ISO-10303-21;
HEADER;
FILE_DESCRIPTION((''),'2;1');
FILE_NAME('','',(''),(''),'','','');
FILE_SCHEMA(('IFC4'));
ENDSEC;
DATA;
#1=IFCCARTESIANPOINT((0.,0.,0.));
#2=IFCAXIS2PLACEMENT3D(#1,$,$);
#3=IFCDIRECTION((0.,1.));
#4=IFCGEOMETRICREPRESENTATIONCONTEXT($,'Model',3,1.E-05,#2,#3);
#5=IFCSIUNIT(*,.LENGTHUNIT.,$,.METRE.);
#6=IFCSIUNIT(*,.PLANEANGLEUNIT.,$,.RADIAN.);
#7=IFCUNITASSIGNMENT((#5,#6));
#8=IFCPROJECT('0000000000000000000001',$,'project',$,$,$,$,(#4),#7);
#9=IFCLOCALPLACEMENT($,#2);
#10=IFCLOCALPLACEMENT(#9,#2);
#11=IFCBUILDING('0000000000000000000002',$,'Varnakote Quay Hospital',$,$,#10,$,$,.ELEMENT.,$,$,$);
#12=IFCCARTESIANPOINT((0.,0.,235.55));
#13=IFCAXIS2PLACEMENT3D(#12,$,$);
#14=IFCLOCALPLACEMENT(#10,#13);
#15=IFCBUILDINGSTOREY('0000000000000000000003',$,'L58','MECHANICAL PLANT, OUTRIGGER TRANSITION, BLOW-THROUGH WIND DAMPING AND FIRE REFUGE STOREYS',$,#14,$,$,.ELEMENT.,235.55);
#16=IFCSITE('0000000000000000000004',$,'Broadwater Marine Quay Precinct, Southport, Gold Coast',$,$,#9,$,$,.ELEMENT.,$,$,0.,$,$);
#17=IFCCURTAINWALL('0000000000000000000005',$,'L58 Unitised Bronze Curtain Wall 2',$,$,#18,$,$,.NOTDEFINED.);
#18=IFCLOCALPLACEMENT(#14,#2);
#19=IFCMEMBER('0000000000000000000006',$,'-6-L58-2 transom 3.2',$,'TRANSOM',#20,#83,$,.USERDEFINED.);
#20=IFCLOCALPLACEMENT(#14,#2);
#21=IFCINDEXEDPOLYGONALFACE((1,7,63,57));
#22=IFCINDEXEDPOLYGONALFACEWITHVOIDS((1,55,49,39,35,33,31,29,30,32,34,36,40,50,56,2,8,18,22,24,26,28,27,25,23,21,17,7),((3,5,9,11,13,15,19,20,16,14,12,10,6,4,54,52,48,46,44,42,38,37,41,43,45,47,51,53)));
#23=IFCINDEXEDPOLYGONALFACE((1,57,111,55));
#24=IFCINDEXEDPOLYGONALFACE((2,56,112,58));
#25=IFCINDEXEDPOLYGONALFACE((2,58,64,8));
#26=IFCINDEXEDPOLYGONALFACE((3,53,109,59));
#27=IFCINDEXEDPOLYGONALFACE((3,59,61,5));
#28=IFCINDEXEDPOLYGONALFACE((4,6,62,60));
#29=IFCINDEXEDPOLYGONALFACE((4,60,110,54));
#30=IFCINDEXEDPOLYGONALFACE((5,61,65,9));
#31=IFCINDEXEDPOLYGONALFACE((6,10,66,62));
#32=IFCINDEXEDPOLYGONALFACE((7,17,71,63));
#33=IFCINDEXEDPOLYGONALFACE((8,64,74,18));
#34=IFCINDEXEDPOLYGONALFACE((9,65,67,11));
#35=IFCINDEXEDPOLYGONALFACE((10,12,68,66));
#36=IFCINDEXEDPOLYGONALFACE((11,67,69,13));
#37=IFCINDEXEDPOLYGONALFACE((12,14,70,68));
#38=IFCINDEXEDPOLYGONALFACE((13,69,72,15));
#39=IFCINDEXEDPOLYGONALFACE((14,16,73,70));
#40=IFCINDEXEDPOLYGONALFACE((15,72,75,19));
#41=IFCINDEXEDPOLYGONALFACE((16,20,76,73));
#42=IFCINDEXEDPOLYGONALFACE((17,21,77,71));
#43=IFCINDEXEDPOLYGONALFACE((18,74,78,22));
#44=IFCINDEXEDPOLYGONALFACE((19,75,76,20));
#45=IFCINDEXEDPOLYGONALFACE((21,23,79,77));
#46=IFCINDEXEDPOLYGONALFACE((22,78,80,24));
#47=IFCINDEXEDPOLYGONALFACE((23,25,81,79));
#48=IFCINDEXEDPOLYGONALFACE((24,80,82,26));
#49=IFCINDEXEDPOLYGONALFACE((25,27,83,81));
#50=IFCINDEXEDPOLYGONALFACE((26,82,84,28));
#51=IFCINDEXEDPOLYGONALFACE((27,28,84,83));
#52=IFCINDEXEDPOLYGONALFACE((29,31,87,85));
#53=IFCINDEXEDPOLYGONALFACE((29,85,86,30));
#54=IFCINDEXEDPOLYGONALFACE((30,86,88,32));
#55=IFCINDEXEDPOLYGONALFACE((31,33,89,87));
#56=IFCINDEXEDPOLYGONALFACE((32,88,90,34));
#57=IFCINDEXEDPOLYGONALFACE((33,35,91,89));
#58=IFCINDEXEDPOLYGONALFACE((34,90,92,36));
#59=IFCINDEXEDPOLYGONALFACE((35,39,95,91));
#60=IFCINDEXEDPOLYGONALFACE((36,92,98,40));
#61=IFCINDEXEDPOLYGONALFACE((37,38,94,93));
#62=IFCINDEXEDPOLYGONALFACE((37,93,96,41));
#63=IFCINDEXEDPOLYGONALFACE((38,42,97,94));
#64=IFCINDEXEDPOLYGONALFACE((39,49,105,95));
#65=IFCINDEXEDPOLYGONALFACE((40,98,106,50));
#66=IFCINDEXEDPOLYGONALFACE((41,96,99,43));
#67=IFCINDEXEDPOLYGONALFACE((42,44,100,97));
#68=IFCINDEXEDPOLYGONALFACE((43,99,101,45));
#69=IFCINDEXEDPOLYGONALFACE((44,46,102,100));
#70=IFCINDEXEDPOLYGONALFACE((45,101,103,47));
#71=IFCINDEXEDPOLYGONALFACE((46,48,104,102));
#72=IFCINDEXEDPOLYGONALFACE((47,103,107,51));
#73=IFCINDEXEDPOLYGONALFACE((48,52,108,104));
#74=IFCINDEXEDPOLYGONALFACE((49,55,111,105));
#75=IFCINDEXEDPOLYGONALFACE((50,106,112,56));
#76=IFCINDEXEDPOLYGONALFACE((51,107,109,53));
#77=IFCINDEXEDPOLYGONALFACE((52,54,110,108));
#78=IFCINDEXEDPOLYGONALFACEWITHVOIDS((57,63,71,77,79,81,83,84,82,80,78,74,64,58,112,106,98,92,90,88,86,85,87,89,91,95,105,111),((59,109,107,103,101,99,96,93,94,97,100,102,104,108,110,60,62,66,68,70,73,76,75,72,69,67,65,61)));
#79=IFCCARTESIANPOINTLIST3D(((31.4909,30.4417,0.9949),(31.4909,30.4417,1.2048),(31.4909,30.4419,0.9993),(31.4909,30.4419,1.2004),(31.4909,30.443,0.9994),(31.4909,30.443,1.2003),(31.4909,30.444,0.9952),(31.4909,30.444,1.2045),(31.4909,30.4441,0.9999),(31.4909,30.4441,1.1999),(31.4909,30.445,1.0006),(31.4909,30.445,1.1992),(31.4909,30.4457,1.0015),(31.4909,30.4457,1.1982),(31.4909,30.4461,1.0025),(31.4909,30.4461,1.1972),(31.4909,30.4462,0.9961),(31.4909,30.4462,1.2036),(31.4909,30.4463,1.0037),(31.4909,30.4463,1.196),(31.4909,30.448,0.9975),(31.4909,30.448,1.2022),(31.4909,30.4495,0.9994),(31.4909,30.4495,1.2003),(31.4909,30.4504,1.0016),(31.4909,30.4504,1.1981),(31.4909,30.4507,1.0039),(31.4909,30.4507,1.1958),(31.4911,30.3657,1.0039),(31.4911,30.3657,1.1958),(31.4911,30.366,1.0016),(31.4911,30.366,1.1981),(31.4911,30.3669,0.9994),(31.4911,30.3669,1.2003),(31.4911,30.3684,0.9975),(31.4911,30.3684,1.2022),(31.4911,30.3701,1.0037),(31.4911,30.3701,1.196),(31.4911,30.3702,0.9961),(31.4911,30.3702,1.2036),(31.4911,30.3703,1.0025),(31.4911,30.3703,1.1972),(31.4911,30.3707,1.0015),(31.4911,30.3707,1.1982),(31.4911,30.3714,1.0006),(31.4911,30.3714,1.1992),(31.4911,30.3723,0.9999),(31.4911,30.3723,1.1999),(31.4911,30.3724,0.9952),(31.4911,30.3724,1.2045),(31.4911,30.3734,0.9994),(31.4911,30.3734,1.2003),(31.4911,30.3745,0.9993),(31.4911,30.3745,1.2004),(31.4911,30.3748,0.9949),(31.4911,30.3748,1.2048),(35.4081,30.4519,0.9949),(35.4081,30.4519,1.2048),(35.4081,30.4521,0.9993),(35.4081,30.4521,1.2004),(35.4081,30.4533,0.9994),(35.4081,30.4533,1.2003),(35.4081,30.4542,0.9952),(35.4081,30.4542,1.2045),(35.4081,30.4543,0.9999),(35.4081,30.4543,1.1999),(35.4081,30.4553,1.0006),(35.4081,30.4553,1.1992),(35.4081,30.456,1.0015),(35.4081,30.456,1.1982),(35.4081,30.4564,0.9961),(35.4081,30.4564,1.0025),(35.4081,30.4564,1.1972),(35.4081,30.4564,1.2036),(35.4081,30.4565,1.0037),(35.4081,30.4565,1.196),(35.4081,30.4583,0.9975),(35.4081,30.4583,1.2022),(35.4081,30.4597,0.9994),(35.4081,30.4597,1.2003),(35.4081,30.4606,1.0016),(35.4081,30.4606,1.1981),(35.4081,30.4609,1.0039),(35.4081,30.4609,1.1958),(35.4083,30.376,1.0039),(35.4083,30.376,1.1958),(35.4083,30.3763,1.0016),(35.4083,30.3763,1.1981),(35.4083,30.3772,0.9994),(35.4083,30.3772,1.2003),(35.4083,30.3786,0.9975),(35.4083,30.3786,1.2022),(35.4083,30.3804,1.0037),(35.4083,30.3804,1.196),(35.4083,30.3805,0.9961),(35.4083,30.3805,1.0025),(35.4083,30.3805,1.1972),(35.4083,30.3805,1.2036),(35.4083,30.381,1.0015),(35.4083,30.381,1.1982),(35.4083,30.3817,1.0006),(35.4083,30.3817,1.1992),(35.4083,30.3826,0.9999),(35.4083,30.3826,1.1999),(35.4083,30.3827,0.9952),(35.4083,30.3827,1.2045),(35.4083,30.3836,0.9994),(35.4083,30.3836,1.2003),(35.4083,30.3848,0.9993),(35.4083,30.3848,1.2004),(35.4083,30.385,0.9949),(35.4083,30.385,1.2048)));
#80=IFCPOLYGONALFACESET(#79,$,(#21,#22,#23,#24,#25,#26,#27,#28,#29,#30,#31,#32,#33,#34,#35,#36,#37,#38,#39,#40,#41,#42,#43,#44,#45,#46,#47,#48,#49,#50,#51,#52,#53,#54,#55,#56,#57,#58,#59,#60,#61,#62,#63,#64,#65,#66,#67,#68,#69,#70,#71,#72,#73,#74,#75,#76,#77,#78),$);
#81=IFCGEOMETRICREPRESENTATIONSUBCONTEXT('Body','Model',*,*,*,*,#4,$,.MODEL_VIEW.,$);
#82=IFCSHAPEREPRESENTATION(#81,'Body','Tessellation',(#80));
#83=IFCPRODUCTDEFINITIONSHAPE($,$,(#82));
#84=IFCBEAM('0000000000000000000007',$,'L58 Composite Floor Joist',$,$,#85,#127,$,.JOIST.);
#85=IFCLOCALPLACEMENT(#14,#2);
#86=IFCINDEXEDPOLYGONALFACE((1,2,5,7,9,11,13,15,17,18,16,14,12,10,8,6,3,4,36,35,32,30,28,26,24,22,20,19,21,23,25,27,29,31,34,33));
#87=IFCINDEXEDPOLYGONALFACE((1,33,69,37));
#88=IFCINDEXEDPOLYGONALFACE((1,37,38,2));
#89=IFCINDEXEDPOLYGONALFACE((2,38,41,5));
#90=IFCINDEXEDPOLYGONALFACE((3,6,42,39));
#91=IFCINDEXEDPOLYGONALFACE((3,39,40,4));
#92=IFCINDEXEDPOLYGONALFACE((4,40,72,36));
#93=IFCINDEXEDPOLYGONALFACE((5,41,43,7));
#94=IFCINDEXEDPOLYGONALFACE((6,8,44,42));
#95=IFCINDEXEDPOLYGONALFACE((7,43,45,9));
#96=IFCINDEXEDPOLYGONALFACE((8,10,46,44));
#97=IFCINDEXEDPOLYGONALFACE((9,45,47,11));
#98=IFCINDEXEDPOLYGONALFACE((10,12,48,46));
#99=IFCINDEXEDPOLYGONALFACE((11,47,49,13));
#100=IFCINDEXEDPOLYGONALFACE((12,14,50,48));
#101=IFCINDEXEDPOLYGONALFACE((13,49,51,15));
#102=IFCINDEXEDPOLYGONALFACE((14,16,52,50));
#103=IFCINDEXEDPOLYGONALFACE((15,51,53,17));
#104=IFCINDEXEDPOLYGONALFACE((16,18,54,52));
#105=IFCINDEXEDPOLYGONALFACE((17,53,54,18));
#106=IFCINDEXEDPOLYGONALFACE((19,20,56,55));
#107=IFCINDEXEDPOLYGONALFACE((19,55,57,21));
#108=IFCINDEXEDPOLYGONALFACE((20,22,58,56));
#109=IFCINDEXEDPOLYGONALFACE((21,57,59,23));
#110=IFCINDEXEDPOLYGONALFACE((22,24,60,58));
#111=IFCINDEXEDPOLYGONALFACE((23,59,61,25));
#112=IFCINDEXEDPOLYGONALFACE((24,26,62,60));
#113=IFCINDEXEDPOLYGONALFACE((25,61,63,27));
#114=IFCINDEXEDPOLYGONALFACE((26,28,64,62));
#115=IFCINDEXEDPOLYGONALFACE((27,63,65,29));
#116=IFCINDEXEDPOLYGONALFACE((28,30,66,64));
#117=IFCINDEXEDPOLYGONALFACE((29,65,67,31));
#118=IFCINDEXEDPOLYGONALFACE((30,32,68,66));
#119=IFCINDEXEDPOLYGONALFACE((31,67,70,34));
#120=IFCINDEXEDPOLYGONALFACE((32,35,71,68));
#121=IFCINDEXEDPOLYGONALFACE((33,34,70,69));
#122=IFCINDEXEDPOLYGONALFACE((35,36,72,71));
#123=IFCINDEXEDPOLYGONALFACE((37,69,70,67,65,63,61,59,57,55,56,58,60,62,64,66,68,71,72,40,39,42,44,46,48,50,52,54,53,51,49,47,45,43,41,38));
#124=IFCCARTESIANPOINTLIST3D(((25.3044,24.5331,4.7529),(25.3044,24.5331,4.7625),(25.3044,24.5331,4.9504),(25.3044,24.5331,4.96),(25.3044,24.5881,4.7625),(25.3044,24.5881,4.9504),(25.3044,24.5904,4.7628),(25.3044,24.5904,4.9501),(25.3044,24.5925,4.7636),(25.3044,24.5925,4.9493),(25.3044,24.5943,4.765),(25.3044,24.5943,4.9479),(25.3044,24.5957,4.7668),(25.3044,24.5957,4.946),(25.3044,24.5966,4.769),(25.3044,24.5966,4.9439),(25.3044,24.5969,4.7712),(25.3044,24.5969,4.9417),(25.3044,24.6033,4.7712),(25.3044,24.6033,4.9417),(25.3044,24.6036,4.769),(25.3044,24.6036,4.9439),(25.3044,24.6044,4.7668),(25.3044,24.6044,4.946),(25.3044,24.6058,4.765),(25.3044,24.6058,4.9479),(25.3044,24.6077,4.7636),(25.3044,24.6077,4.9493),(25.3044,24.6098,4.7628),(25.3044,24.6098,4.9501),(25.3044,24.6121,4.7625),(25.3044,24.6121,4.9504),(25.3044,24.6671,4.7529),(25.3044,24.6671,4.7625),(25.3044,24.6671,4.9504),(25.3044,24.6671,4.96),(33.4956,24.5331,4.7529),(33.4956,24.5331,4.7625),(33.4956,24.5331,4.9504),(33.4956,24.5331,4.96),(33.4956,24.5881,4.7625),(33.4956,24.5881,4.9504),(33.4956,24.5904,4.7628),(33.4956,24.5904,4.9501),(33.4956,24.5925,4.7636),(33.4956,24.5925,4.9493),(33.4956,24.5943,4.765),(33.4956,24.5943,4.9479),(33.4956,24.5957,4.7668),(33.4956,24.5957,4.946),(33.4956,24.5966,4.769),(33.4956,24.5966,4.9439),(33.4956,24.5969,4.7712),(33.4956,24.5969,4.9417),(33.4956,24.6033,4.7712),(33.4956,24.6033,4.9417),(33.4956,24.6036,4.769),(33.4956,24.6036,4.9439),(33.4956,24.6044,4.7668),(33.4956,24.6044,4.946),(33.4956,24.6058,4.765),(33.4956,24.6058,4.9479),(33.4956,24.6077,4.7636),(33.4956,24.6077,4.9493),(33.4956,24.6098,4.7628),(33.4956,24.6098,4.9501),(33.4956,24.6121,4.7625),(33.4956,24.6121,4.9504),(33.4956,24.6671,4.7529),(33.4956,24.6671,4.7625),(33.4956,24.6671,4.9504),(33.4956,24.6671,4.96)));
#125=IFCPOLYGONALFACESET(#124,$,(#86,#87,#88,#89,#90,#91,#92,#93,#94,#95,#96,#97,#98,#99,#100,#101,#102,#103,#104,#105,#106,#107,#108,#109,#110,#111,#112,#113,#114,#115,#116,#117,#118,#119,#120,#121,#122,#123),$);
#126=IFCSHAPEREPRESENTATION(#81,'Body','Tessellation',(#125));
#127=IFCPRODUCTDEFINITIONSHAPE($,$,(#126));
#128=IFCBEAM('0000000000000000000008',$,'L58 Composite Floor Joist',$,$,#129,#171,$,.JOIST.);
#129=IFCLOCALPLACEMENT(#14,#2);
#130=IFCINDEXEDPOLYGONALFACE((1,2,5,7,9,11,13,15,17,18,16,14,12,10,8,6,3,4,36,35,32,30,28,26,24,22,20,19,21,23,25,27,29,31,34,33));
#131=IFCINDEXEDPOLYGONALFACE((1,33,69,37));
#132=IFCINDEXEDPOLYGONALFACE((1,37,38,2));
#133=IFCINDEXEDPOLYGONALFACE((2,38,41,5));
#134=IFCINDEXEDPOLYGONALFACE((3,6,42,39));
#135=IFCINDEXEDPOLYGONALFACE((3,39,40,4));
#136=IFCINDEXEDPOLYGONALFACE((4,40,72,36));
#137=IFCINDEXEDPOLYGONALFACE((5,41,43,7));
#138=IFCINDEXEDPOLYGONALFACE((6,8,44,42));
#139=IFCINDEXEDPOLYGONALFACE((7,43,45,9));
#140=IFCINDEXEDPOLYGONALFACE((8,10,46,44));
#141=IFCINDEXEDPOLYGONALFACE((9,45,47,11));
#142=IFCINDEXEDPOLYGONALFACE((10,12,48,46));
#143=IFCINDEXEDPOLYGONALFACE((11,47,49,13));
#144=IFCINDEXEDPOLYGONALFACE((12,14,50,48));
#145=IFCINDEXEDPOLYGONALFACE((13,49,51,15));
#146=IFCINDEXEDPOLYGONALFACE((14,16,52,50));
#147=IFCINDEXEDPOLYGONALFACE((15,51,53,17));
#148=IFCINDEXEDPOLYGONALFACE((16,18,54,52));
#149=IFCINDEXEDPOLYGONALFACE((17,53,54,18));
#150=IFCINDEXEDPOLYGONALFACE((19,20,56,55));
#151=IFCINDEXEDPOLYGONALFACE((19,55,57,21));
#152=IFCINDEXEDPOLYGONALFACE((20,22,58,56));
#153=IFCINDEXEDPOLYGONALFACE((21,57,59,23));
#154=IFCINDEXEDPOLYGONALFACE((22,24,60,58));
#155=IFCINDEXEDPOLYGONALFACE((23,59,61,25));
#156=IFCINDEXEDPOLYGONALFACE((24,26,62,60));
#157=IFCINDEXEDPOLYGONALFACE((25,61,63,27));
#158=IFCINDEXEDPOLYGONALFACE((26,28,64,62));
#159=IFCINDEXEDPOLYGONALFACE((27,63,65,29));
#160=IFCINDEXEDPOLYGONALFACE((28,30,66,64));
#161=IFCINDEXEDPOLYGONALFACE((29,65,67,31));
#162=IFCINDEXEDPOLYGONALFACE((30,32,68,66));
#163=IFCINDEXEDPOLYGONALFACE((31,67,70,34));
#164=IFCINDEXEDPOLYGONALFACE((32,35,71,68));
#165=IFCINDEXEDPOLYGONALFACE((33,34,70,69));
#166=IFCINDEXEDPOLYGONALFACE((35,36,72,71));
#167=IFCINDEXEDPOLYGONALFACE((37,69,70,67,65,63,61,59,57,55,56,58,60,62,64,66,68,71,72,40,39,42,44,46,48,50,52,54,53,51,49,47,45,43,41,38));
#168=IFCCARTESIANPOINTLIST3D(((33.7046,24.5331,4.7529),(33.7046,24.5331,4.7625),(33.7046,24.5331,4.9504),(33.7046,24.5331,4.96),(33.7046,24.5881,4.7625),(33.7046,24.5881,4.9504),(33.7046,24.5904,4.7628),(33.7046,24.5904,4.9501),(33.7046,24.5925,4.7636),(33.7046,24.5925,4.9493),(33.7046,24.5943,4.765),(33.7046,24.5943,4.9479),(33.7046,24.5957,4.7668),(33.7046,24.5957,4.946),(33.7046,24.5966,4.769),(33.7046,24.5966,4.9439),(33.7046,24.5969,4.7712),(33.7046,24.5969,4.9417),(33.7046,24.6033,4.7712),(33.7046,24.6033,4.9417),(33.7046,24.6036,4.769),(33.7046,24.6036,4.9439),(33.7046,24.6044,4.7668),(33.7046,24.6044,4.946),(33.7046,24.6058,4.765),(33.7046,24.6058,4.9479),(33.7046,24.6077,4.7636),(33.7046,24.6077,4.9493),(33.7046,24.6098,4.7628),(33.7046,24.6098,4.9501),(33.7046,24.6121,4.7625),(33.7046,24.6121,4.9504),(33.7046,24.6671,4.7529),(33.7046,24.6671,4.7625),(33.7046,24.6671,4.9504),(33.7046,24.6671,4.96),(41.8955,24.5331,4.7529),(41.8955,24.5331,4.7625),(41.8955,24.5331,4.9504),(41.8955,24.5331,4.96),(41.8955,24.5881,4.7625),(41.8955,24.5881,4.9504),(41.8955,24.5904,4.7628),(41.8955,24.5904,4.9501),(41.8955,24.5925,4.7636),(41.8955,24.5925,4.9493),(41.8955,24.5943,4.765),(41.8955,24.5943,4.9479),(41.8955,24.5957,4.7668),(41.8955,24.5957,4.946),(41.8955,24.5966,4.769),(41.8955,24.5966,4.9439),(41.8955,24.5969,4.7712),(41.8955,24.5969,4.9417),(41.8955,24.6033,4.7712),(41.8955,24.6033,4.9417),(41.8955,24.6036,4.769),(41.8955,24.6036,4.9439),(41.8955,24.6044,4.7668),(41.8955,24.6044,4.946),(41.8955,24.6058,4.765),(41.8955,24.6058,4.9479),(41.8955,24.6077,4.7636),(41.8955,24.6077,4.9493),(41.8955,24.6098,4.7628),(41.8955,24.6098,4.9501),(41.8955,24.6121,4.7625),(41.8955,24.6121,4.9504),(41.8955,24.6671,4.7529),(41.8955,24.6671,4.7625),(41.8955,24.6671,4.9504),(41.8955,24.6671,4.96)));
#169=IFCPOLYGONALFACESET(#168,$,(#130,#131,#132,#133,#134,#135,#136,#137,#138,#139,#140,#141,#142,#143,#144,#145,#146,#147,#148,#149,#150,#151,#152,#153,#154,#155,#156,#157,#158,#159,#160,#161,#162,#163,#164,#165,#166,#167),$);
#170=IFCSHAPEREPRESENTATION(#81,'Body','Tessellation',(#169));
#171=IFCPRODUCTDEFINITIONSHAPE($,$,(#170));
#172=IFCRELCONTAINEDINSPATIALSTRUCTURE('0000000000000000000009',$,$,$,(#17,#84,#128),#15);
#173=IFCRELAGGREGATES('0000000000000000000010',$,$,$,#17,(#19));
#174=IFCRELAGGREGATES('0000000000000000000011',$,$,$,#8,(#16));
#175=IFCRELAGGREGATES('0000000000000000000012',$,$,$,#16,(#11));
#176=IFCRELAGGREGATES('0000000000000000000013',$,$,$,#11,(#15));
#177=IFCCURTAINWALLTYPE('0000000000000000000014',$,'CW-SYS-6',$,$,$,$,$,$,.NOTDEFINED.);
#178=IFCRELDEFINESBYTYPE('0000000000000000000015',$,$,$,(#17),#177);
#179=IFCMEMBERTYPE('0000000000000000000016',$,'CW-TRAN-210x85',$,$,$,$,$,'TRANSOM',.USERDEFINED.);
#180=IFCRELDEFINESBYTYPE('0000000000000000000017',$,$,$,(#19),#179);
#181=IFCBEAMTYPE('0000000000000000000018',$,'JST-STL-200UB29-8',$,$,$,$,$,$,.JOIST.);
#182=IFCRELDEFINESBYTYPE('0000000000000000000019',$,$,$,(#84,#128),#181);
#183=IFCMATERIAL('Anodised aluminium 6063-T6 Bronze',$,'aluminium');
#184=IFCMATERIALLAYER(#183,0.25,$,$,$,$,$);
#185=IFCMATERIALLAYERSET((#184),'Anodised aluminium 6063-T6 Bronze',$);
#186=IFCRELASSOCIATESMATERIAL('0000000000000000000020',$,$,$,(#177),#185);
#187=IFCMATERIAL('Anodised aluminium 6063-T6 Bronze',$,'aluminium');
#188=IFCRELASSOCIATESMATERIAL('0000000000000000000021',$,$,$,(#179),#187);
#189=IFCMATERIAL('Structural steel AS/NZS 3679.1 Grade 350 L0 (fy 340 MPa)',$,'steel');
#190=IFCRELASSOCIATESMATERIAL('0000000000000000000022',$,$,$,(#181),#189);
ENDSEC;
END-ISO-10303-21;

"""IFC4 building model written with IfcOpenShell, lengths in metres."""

from ifc_helpers import new_model, si_unit, direction, frame, origin, origin_2d, place, context, subcontext, project, spatial, hollow_rectangle, i_section, extrude, material, layer, layer_set, material_profile, profile_set, type_object, element, aggregate, save


model = new_model("IFC4")

# Units and contexts
model_context = context("Model", 3, precision=1e-05, world=origin(), true_north=direction((0.0, 1.0)))
body_context = subcontext(model_context, "Body", "Model", "MODEL_VIEW")
ifc_project = project(units=[si_unit("LENGTHUNIT", "METRE"), si_unit("PLANEANGLEUNIT", "RADIAN")], contexts=[model_context])

# Site, building, storey
site_placement = place(None, origin())
site = spatial("IfcSite", under=ifc_project, at=site_placement, Name="Broadwater Marine Quay Precinct, Southport, Gold Coast", CompositionType="ELEMENT", RefElevation=0.0)
building_placement = place(site_placement, origin())
building = spatial("IfcBuilding", under=site, at=building_placement, Name="Varnakote Quay Hospital", CompositionType="ELEMENT")
storey_placement = place(building_placement, frame((0.0, 0.0, 235.55)))
storey = spatial("IfcBuildingStorey", under=building, at=storey_placement, Name="L58", Description="MECHANICAL PLANT, OUTRIGGER TRANSITION, BLOW-THROUGH WIND DAMPING AND FIRE REFUGE STOREYS", CompositionType="ELEMENT", Elevation=235.55)

# Curtain wall, member
ifc_material_1 = material(Name="Anodised aluminium 6063-T6 Bronze", Category="aluminium")
ifc_layer_1 = layer(ifc_material_1, 0.25)
ifc_layer_set_1 = layer_set([ifc_layer_1], Name="Anodised aluminium 6063-T6 Bronze")
curtain_wall_type = type_object("IfcCurtainWallType", Name="CW-SYS-6", PredefinedType="NOTDEFINED", material=ifc_layer_set_1)
curtain_wall_placement = place(storey_placement, origin())
curtain_wall = element("IfcCurtainWall", 1, at=curtain_wall_placement, inside=storey, type_object=curtain_wall_type, Name="L58 Unitised Bronze Curtain Wall 2", PredefinedType="NOTDEFINED")
ifc_material_2 = material(Name="Anodised aluminium 6063-T6 Bronze", Category="aluminium")
ifc_material_profile_1 = material_profile(ifc_material_2, hollow_rectangle(XDim=0.085, YDim=0.21, WallThickness=0.0044, InnerFilletRadius=0.0044, OuterFilletRadius=0.009, at=origin_2d()), Name="CW-TRAN-210x85")
ifc_profile_set_1 = profile_set([ifc_material_profile_1], Name="Anodised aluminium 6063-T6 Bronze")
member_type_1 = type_object("IfcMemberType", Name="CW-TRAN-210x85", ElementType="TRANSOM", PredefinedType="USERDEFINED", material=ifc_profile_set_1)
member_1_placement = place(storey_placement, frame((35.4082, 30.4185, 1.0999), z_axis=(-0.999997, -0.002618, 0.0), x_axis=(0.002618, -0.999997, 0.0)))
member_1 = element("IfcMember", 2, at=member_1_placement, type_object=member_type_1, Name="-6-L58-2 transom 3.2", ObjectType="TRANSOM", PredefinedType="USERDEFINED", context=body_context, shape_type="SweptSolid", body=[
    extrude(hollow_rectangle(XDim=0.085, YDim=0.21, WallThickness=0.0044, InnerFilletRadius=0.0044, OuterFilletRadius=0.009, at=origin_2d()), origin(), (0.0, 0.0, 1.0), 3.9172),
])

# Beams
ifc_material_3 = material(Name="Structural steel AS/NZS 3679.1 Grade 350 L0 (fy 340 MPa)", Category="steel")
ifc_material_profile_2 = material_profile(ifc_material_3, i_section(OverallWidth=0.134, OverallDepth=0.207, WebThickness=0.0063, FlangeThickness=0.0095, FilletRadius=0.0088, at=origin_2d()), Name="200UB29.8")
ifc_profile_set_2 = profile_set([ifc_material_profile_2], Name="Structural steel AS/NZS 3679.1 Grade 350 L0 (fy 340 MPa)")
beam_type_1 = type_object("IfcBeamType", Name="JST-STL-200UB29-8", PredefinedType="JOIST", material=ifc_profile_set_2)
beam_1_placement = place(storey_placement, frame((25.3044, 24.6001, 4.8564), z_axis=(1.0, 0.0, 0.0), x_axis=(0.0, 1.0, 0.0)))
element("IfcBeam", 3, at=beam_1_placement, inside=storey, type_object=beam_type_1, Name="L58 Composite Floor Joist", PredefinedType="JOIST", context=body_context, shape_type="SweptSolid", body=[
    extrude(i_section(OverallWidth=0.134, OverallDepth=0.207, WebThickness=0.0063, FlangeThickness=0.0095, FilletRadius=0.0088, at=origin_2d()), origin(), (0.0, 0.0, 1.0), 8.1912),
])
beam_2_placement = place(storey_placement, frame((33.7046, 24.6001, 4.8564), z_axis=(1.0, 0.0, 0.0), x_axis=(0.0, 1.0, 0.0)))
element("IfcBeam", 4, at=beam_2_placement, inside=storey, type_object=beam_type_1, Name="L58 Composite Floor Joist", PredefinedType="JOIST", context=body_context, shape_type="SweptSolid", body=[
    extrude(i_section(OverallWidth=0.134, OverallDepth=0.207, WebThickness=0.0063, FlangeThickness=0.0095, FilletRadius=0.0088, at=origin_2d()), origin(), (0.0, 0.0, 1.0), 8.1909),
])

aggregate(curtain_wall, [member_1])

save(model, "model.ifc")
